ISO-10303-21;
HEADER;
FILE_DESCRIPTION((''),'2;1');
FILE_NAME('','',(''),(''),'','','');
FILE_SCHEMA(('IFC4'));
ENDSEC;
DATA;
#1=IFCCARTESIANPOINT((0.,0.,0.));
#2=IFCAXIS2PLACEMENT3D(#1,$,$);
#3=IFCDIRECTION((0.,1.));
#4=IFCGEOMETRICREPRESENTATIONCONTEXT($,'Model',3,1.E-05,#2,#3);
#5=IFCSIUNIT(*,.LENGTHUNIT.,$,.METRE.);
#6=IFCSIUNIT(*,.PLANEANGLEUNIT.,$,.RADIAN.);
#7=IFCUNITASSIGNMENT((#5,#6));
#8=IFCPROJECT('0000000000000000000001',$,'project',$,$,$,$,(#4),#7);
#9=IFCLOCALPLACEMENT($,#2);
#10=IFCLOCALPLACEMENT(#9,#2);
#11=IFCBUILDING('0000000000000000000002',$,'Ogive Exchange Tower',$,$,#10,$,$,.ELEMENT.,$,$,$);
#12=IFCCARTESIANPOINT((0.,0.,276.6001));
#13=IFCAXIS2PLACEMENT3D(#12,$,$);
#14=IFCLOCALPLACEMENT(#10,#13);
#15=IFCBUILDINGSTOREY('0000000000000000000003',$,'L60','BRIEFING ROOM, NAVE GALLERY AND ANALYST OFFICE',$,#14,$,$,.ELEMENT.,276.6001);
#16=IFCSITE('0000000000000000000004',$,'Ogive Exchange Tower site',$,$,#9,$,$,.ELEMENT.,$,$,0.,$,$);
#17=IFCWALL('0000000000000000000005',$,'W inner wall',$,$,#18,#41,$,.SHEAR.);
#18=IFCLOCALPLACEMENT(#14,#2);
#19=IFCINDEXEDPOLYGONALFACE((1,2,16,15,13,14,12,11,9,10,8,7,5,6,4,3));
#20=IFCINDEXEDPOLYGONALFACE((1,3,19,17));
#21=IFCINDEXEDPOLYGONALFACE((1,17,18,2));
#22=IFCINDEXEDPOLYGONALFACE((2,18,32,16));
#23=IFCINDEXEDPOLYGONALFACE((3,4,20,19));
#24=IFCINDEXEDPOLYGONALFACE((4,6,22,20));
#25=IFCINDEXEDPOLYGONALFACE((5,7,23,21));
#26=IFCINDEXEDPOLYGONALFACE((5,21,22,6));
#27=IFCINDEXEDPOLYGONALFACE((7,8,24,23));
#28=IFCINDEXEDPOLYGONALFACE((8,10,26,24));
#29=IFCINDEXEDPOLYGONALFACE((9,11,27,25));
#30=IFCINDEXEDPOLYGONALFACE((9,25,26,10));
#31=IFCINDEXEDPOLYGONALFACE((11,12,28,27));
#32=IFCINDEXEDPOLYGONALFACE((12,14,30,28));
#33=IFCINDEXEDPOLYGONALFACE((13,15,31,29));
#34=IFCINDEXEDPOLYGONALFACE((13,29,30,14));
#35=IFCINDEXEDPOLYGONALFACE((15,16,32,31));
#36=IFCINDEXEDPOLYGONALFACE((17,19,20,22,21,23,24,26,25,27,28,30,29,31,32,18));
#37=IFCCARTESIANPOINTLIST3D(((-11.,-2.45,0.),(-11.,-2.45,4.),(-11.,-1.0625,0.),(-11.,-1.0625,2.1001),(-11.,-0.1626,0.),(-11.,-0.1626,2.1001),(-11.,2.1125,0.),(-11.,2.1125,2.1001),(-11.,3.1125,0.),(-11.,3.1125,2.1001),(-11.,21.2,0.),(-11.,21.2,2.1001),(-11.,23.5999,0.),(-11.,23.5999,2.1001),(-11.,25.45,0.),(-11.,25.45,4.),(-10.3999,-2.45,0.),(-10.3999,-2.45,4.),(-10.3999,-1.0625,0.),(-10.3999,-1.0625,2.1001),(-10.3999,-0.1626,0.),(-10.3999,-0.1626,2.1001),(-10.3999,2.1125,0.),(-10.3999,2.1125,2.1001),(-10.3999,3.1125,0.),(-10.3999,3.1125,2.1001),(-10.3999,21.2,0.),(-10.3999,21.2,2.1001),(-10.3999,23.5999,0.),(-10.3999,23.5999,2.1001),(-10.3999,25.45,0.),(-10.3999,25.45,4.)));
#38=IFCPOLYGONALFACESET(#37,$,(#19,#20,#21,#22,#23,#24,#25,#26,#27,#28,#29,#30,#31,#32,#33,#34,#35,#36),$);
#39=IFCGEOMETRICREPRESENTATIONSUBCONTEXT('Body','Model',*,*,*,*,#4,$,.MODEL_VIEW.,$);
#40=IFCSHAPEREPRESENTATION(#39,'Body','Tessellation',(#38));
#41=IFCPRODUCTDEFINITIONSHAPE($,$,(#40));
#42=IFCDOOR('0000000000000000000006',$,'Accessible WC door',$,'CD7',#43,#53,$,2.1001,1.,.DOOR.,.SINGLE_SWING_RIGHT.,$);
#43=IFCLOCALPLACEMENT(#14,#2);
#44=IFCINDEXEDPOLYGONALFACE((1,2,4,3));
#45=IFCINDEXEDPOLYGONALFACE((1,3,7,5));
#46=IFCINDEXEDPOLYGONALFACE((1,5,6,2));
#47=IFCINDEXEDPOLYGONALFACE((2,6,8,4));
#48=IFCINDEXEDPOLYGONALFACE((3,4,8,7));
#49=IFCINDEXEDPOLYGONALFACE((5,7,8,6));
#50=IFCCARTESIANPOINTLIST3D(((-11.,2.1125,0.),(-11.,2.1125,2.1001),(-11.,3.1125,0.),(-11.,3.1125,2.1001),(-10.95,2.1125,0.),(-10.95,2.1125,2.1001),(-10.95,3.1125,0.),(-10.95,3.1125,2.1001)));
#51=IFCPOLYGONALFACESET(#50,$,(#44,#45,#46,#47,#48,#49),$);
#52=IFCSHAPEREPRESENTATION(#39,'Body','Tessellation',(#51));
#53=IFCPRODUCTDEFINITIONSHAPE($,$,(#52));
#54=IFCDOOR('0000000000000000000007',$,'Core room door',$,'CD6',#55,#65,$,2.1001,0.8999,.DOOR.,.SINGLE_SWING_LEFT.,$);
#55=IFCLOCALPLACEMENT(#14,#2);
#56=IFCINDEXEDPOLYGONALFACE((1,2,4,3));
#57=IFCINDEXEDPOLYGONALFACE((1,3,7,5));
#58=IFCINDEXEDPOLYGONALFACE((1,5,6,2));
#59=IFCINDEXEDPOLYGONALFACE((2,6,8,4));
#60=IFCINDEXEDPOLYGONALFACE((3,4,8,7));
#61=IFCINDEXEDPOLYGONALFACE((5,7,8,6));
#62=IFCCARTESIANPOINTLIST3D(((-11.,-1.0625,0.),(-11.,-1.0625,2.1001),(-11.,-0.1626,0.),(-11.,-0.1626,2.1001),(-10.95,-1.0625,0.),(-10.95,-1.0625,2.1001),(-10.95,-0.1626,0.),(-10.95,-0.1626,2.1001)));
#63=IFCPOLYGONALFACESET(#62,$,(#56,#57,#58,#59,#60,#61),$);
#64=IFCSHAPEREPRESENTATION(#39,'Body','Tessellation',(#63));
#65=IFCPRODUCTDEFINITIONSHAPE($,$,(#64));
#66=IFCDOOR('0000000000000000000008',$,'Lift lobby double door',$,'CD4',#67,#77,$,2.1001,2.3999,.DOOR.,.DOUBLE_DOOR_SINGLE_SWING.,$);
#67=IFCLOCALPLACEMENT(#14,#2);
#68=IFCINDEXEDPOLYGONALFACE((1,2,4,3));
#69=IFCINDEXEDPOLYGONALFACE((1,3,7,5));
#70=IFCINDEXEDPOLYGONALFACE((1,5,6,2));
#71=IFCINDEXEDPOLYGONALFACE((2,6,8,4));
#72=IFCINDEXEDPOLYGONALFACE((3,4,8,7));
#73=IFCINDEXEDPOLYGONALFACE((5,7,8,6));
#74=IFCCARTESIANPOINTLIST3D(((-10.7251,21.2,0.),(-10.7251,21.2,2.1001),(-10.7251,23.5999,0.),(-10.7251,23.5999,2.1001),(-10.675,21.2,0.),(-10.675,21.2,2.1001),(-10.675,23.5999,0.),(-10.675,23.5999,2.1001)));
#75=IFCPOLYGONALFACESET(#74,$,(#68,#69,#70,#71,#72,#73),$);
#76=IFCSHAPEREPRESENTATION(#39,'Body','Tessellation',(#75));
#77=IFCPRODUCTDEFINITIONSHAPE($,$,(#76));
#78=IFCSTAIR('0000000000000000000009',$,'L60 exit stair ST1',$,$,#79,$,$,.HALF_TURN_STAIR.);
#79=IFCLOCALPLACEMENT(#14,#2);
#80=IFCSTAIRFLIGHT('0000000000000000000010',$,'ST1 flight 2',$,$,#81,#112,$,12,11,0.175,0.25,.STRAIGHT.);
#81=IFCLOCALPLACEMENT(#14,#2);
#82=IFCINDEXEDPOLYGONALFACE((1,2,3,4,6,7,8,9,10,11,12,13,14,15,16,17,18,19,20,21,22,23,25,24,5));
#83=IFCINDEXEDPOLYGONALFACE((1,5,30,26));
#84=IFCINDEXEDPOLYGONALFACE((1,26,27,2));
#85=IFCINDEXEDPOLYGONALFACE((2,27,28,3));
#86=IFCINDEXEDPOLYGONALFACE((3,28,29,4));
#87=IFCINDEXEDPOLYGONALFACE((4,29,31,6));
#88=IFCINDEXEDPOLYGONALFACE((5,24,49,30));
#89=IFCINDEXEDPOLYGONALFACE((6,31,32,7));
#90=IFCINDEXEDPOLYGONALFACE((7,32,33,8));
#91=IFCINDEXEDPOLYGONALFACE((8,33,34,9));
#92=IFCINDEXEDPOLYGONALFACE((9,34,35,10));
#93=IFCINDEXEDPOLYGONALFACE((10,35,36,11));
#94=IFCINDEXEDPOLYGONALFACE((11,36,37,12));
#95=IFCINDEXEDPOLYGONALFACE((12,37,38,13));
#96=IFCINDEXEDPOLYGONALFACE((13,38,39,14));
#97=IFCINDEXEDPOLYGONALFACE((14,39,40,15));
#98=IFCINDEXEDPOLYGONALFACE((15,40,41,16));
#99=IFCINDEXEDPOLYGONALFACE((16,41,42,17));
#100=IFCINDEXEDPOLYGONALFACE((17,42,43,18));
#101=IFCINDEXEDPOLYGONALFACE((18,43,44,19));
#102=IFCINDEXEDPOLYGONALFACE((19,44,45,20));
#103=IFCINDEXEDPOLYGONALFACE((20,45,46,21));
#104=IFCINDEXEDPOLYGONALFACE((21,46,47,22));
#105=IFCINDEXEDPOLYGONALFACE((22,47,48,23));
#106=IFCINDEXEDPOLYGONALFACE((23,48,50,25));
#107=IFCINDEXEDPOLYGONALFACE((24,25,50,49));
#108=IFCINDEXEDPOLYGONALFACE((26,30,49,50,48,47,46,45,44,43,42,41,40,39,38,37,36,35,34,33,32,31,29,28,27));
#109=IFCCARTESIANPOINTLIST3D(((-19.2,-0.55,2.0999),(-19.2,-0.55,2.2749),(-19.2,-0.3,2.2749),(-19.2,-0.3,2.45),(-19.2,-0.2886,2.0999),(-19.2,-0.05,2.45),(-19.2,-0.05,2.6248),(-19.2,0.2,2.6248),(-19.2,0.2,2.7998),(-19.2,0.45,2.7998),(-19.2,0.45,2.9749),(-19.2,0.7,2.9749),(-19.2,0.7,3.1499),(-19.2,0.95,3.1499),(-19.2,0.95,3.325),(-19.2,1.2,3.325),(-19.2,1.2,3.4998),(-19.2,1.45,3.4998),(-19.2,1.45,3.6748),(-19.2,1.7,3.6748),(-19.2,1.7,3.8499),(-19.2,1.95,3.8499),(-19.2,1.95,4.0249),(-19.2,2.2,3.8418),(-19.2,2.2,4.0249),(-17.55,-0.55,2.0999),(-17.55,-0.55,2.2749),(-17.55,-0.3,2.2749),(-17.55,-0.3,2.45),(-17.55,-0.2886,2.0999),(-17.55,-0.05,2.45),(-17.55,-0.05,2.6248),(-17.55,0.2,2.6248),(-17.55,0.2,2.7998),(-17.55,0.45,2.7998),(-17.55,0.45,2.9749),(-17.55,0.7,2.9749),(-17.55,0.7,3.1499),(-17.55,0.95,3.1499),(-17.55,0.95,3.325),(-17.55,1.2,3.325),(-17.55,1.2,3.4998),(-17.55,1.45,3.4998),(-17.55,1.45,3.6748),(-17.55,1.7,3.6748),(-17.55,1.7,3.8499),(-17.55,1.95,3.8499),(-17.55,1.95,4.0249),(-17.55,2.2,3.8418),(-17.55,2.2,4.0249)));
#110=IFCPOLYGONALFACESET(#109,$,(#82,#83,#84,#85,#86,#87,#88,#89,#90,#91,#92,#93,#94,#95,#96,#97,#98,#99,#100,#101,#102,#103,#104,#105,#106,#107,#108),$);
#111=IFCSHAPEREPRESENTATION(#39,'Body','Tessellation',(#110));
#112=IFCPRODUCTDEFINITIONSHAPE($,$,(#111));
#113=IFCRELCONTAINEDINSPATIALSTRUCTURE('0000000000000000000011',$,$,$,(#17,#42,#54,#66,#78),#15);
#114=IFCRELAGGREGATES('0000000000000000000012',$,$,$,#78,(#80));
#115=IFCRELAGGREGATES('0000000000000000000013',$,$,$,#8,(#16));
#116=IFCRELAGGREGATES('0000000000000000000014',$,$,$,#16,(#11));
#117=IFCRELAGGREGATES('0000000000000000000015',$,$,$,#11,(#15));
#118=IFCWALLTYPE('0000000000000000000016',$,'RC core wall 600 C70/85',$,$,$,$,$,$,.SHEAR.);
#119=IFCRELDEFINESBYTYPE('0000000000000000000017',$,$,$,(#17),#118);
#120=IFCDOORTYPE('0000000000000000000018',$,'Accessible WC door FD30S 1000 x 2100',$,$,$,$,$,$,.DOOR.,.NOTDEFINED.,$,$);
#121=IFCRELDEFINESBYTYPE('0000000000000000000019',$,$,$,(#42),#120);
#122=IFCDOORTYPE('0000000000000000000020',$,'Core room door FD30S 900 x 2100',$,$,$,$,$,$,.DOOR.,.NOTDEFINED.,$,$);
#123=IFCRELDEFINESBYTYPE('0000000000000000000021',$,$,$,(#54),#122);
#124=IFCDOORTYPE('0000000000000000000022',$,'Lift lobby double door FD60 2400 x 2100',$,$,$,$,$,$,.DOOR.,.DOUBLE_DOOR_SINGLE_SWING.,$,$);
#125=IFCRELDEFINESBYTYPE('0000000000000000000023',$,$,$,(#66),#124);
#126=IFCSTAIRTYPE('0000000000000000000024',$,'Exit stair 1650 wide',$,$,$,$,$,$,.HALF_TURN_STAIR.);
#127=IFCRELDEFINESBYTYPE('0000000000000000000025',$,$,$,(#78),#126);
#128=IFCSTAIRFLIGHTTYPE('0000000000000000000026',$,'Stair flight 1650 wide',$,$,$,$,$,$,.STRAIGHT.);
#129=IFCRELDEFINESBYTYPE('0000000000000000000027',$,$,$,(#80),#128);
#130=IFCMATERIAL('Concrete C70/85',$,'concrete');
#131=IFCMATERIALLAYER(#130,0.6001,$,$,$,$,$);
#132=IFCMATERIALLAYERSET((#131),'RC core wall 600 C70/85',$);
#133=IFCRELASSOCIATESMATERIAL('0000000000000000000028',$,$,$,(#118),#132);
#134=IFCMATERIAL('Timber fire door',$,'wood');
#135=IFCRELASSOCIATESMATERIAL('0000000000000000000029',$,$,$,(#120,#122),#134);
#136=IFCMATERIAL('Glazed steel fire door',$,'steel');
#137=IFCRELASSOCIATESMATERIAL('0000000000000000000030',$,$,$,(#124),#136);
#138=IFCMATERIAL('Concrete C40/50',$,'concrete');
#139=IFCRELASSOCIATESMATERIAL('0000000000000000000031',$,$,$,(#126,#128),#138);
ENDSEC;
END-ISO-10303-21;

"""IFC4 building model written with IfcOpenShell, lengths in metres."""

from ifc_helpers import new_model, si_unit, direction, frame, frame_2d, origin, place, context, subcontext, project, spatial, polyline, rectangle, outline, extrude, material, layer, layer_set, type_object, element, fill, aggregate, save


model = new_model("IFC4")

# Units and contexts
model_context = context("Model", 3, precision=1e-05, world=origin(), true_north=direction((0.0, 1.0)))
body_context = subcontext(model_context, "Body", "Model", "MODEL_VIEW")
ifc_project = project(units=[si_unit("LENGTHUNIT", "METRE"), si_unit("PLANEANGLEUNIT", "RADIAN")], contexts=[model_context])

# Site, building, storey
site_placement = place(None, origin())
site = spatial("IfcSite", under=ifc_project, at=site_placement, Name="Ogive Exchange Tower site", CompositionType="ELEMENT", RefElevation=0.0)
building_placement = place(site_placement, origin())
building = spatial("IfcBuilding", under=site, at=building_placement, Name="Ogive Exchange Tower", CompositionType="ELEMENT")
storey_placement = place(building_placement, frame((0.0, 0.0, 276.6001)))
storey = spatial("IfcBuildingStorey", under=building, at=storey_placement, Name="L60", Description="BRIEFING ROOM, NAVE GALLERY AND ANALYST OFFICE", CompositionType="ELEMENT", Elevation=276.6001)

# Shared definitions
ifc_material_1 = material(Name="Concrete C70/85", Category="concrete")

# Wall, openings, doors
ifc_layer_1 = layer(ifc_material_1, 0.6001)
ifc_layer_set_1 = layer_set([ifc_layer_1], Name="RC core wall 600 C70/85")
wall_type_1 = type_object("IfcWallType", Name="RC core wall 600 C70/85", PredefinedType="SHEAR", material=ifc_layer_set_1)
wall_1_placement = place(storey_placement, frame((-10.7, -2.45, 0.0), z_axis=(0.0, 0.0, 1.0), x_axis=(0.0, 1.0, 0.0)))
wall_1 = element("IfcWall", 1, at=wall_1_placement, inside=storey, type_object=wall_type_1, Name="W inner wall", PredefinedType="SHEAR", context=body_context, shape_type="SweptSolid", body=[
    extrude(rectangle(XDim=27.8999, YDim=0.6001, at=frame_2d((13.95, 0.0))), origin(), (0.0, 0.0, 1.0), 4.0),
])
opening_1_placement = place(wall_1_placement, frame((23.6499, 0.0, 0.0)))
opening_1 = element("IfcOpeningElement", 2, at=opening_1_placement, cuts=wall_1, PredefinedType="OPENING", context=body_context, shape_type="SweptSolid", body=[
    extrude(rectangle(XDim=2.3999, YDim=2.1001, at=frame_2d((1.2, 1.05))), frame((0.0, 0.3101, 0.0), z_axis=(0.0, -1.0, 0.0), x_axis=(1.0, 0.0, 0.0)), (0.0, 0.0, 1.0), 0.6201),
])
opening_2_placement = place(wall_1_placement, frame((1.3875, 0.0, 0.0)))
opening_2 = element("IfcOpeningElement", 3, at=opening_2_placement, cuts=wall_1, PredefinedType="OPENING", context=body_context, shape_type="SweptSolid", body=[
    extrude(rectangle(XDim=0.8999, YDim=2.1001, at=frame_2d((0.45, 1.05))), frame((0.0, 0.3101, 0.0), z_axis=(0.0, -1.0, 0.0), x_axis=(1.0, 0.0, 0.0)), (0.0, 0.0, 1.0), 0.6201),
])
opening_3_placement = place(wall_1_placement, frame((4.5625, 0.0, 0.0)))
opening_3 = element("IfcOpeningElement", 4, at=opening_3_placement, cuts=wall_1, PredefinedType="OPENING", context=body_context, shape_type="SweptSolid", body=[
    extrude(rectangle(XDim=1.0, YDim=2.1001, at=frame_2d((0.5, 1.05))), frame((0.0, 0.3101, 0.0), z_axis=(0.0, -1.0, 0.0), x_axis=(1.0, 0.0, 0.0)), (0.0, 0.0, 1.0), 0.6201),
])
ifc_material_2 = material(Name="Timber fire door", Category="wood")
door_type_1 = type_object("IfcDoorType", Name="Accessible WC door FD30S 1000 x 2100", OperationType="NOTDEFINED", PredefinedType="DOOR", material=ifc_material_2)
door_1_placement = place(opening_3_placement, frame((1.0, 0.5498, 0.0), z_axis=(0.0, 0.0, 1.0), x_axis=(-1.0, 0.0, 0.0)))
door_1 = element("IfcDoor", 5, at=door_1_placement, inside=storey, type_object=door_type_1, Name="Accessible WC door", ObjectType="CD7", OperationType="SINGLE_SWING_RIGHT", OverallHeight=2.1001, OverallWidth=1.0, PredefinedType="DOOR", context=body_context, shape_type="SweptSolid", body=[
    extrude(rectangle(XDim=1.0, YDim=2.1001, at=frame_2d((0.5, 1.05))), frame((0.0, 0.2998, 0.0), z_axis=(0.0, -1.0, 0.0), x_axis=(1.0, 0.0, 0.0)), (0.0, 0.0, 1.0), 0.05),
])
fill(opening_3, door_1)
door_type_2 = type_object("IfcDoorType", Name="Core room door FD30S 900 x 2100", OperationType="NOTDEFINED", PredefinedType="DOOR", material=ifc_material_2)
door_2_placement = place(opening_2_placement, frame((0.8999, 0.5498, 0.0), z_axis=(0.0, 0.0, 1.0), x_axis=(-1.0, 0.0, 0.0)))
door_2 = element("IfcDoor", 6, at=door_2_placement, inside=storey, type_object=door_type_2, Name="Core room door", ObjectType="CD6", OperationType="SINGLE_SWING_LEFT", OverallHeight=2.1001, OverallWidth=0.8999, PredefinedType="DOOR", context=body_context, shape_type="SweptSolid", body=[
    extrude(rectangle(XDim=0.8999, YDim=2.1001, at=frame_2d((0.45, 1.05))), frame((0.0, 0.2998, 0.0), z_axis=(0.0, -1.0, 0.0), x_axis=(1.0, 0.0, 0.0)), (0.0, 0.0, 1.0), 0.05),
])
fill(opening_2, door_2)
ifc_material_3 = material(Name="Glazed steel fire door", Category="steel")
door_type_3 = type_object("IfcDoorType", Name="Lift lobby double door FD60 2400 x 2100", OperationType="DOUBLE_DOOR_SINGLE_SWING", PredefinedType="DOOR", material=ifc_material_3)
door_3_placement = place(opening_1_placement, frame((2.3999, 0.0, 0.0), z_axis=(0.0, 0.0, 1.0), x_axis=(-1.0, 0.0, 0.0)))
door_3 = element("IfcDoor", 7, at=door_3_placement, inside=storey, type_object=door_type_3, Name="Lift lobby double door", ObjectType="CD4", OperationType="DOUBLE_DOOR_SINGLE_SWING", OverallHeight=2.1001, OverallWidth=2.3999, PredefinedType="DOOR", context=body_context, shape_type="SweptSolid", body=[
    extrude(rectangle(XDim=2.3999, YDim=2.1001, at=frame_2d((1.2, 1.05))), frame((0.0, 0.0249, 0.0), z_axis=(0.0, -1.0, 0.0), x_axis=(1.0, 0.0, 0.0)), (0.0, 0.0, 1.0), 0.05),
])
fill(opening_1, door_3)

# Stair, stair flight
ifc_material_4 = material(Name="Concrete C40/50", Category="concrete")
stair_type = type_object("IfcStairType", Name="Exit stair 1650 wide", PredefinedType="HALF_TURN_STAIR", material=ifc_material_4)
stair_placement = place(storey_placement, origin())
stair = element("IfcStair", 8, at=stair_placement, inside=storey, type_object=stair_type, Name="L60 exit stair ST1", PredefinedType="HALF_TURN_STAIR")
stair_flight_type = type_object("IfcStairFlightType", Name="Stair flight 1650 wide", PredefinedType="STRAIGHT", material=ifc_material_4)
stair_flight_placement = place(storey_placement, frame((-18.375, -0.55, 2.0999), z_axis=(0.0, 0.0, 1.0), x_axis=(0.0, 1.0, 0.0)))
stair_flight = element("IfcStairFlight", 9, at=stair_flight_placement, type_object=stair_flight_type, Name="ST1 flight 2", NumberOfRisers=12, NumberOfTreads=11, PredefinedType="STRAIGHT", RiserHeight=0.175, TreadLength=0.25, context=body_context, shape_type="SweptSolid", body=[
    extrude(outline(polyline([(0.0, 0.0), (0.0, 0.175), (0.25, 0.175), (0.25, 0.3501), (0.5, 0.3501), (0.5, 0.5249), (0.75, 0.5249), (0.75, 0.7), (1.0, 0.7), (1.0, 0.875), (1.25, 0.875), (1.25, 1.05), (1.5, 1.05), (1.5, 1.2251), (1.75, 1.2251), (1.75, 1.3999), (2.0, 1.3999), (2.0, 1.575), (2.25, 1.575), (2.25, 1.75), (2.5, 1.75), (2.5, 1.925), (2.75, 1.925), (2.75, 2.1001), (2.75, 1.7419), (0.2615, 0.0), (0.0, 0.0)])), frame((0.0, 0.825, 0.0), z_axis=(0.0, -1.0, 0.0), x_axis=(1.0, 0.0, 0.0)), (0.0, 0.0, 1.0), 1.6499),
])
aggregate(stair, [stair_flight])

save(model, "model.ifc")
